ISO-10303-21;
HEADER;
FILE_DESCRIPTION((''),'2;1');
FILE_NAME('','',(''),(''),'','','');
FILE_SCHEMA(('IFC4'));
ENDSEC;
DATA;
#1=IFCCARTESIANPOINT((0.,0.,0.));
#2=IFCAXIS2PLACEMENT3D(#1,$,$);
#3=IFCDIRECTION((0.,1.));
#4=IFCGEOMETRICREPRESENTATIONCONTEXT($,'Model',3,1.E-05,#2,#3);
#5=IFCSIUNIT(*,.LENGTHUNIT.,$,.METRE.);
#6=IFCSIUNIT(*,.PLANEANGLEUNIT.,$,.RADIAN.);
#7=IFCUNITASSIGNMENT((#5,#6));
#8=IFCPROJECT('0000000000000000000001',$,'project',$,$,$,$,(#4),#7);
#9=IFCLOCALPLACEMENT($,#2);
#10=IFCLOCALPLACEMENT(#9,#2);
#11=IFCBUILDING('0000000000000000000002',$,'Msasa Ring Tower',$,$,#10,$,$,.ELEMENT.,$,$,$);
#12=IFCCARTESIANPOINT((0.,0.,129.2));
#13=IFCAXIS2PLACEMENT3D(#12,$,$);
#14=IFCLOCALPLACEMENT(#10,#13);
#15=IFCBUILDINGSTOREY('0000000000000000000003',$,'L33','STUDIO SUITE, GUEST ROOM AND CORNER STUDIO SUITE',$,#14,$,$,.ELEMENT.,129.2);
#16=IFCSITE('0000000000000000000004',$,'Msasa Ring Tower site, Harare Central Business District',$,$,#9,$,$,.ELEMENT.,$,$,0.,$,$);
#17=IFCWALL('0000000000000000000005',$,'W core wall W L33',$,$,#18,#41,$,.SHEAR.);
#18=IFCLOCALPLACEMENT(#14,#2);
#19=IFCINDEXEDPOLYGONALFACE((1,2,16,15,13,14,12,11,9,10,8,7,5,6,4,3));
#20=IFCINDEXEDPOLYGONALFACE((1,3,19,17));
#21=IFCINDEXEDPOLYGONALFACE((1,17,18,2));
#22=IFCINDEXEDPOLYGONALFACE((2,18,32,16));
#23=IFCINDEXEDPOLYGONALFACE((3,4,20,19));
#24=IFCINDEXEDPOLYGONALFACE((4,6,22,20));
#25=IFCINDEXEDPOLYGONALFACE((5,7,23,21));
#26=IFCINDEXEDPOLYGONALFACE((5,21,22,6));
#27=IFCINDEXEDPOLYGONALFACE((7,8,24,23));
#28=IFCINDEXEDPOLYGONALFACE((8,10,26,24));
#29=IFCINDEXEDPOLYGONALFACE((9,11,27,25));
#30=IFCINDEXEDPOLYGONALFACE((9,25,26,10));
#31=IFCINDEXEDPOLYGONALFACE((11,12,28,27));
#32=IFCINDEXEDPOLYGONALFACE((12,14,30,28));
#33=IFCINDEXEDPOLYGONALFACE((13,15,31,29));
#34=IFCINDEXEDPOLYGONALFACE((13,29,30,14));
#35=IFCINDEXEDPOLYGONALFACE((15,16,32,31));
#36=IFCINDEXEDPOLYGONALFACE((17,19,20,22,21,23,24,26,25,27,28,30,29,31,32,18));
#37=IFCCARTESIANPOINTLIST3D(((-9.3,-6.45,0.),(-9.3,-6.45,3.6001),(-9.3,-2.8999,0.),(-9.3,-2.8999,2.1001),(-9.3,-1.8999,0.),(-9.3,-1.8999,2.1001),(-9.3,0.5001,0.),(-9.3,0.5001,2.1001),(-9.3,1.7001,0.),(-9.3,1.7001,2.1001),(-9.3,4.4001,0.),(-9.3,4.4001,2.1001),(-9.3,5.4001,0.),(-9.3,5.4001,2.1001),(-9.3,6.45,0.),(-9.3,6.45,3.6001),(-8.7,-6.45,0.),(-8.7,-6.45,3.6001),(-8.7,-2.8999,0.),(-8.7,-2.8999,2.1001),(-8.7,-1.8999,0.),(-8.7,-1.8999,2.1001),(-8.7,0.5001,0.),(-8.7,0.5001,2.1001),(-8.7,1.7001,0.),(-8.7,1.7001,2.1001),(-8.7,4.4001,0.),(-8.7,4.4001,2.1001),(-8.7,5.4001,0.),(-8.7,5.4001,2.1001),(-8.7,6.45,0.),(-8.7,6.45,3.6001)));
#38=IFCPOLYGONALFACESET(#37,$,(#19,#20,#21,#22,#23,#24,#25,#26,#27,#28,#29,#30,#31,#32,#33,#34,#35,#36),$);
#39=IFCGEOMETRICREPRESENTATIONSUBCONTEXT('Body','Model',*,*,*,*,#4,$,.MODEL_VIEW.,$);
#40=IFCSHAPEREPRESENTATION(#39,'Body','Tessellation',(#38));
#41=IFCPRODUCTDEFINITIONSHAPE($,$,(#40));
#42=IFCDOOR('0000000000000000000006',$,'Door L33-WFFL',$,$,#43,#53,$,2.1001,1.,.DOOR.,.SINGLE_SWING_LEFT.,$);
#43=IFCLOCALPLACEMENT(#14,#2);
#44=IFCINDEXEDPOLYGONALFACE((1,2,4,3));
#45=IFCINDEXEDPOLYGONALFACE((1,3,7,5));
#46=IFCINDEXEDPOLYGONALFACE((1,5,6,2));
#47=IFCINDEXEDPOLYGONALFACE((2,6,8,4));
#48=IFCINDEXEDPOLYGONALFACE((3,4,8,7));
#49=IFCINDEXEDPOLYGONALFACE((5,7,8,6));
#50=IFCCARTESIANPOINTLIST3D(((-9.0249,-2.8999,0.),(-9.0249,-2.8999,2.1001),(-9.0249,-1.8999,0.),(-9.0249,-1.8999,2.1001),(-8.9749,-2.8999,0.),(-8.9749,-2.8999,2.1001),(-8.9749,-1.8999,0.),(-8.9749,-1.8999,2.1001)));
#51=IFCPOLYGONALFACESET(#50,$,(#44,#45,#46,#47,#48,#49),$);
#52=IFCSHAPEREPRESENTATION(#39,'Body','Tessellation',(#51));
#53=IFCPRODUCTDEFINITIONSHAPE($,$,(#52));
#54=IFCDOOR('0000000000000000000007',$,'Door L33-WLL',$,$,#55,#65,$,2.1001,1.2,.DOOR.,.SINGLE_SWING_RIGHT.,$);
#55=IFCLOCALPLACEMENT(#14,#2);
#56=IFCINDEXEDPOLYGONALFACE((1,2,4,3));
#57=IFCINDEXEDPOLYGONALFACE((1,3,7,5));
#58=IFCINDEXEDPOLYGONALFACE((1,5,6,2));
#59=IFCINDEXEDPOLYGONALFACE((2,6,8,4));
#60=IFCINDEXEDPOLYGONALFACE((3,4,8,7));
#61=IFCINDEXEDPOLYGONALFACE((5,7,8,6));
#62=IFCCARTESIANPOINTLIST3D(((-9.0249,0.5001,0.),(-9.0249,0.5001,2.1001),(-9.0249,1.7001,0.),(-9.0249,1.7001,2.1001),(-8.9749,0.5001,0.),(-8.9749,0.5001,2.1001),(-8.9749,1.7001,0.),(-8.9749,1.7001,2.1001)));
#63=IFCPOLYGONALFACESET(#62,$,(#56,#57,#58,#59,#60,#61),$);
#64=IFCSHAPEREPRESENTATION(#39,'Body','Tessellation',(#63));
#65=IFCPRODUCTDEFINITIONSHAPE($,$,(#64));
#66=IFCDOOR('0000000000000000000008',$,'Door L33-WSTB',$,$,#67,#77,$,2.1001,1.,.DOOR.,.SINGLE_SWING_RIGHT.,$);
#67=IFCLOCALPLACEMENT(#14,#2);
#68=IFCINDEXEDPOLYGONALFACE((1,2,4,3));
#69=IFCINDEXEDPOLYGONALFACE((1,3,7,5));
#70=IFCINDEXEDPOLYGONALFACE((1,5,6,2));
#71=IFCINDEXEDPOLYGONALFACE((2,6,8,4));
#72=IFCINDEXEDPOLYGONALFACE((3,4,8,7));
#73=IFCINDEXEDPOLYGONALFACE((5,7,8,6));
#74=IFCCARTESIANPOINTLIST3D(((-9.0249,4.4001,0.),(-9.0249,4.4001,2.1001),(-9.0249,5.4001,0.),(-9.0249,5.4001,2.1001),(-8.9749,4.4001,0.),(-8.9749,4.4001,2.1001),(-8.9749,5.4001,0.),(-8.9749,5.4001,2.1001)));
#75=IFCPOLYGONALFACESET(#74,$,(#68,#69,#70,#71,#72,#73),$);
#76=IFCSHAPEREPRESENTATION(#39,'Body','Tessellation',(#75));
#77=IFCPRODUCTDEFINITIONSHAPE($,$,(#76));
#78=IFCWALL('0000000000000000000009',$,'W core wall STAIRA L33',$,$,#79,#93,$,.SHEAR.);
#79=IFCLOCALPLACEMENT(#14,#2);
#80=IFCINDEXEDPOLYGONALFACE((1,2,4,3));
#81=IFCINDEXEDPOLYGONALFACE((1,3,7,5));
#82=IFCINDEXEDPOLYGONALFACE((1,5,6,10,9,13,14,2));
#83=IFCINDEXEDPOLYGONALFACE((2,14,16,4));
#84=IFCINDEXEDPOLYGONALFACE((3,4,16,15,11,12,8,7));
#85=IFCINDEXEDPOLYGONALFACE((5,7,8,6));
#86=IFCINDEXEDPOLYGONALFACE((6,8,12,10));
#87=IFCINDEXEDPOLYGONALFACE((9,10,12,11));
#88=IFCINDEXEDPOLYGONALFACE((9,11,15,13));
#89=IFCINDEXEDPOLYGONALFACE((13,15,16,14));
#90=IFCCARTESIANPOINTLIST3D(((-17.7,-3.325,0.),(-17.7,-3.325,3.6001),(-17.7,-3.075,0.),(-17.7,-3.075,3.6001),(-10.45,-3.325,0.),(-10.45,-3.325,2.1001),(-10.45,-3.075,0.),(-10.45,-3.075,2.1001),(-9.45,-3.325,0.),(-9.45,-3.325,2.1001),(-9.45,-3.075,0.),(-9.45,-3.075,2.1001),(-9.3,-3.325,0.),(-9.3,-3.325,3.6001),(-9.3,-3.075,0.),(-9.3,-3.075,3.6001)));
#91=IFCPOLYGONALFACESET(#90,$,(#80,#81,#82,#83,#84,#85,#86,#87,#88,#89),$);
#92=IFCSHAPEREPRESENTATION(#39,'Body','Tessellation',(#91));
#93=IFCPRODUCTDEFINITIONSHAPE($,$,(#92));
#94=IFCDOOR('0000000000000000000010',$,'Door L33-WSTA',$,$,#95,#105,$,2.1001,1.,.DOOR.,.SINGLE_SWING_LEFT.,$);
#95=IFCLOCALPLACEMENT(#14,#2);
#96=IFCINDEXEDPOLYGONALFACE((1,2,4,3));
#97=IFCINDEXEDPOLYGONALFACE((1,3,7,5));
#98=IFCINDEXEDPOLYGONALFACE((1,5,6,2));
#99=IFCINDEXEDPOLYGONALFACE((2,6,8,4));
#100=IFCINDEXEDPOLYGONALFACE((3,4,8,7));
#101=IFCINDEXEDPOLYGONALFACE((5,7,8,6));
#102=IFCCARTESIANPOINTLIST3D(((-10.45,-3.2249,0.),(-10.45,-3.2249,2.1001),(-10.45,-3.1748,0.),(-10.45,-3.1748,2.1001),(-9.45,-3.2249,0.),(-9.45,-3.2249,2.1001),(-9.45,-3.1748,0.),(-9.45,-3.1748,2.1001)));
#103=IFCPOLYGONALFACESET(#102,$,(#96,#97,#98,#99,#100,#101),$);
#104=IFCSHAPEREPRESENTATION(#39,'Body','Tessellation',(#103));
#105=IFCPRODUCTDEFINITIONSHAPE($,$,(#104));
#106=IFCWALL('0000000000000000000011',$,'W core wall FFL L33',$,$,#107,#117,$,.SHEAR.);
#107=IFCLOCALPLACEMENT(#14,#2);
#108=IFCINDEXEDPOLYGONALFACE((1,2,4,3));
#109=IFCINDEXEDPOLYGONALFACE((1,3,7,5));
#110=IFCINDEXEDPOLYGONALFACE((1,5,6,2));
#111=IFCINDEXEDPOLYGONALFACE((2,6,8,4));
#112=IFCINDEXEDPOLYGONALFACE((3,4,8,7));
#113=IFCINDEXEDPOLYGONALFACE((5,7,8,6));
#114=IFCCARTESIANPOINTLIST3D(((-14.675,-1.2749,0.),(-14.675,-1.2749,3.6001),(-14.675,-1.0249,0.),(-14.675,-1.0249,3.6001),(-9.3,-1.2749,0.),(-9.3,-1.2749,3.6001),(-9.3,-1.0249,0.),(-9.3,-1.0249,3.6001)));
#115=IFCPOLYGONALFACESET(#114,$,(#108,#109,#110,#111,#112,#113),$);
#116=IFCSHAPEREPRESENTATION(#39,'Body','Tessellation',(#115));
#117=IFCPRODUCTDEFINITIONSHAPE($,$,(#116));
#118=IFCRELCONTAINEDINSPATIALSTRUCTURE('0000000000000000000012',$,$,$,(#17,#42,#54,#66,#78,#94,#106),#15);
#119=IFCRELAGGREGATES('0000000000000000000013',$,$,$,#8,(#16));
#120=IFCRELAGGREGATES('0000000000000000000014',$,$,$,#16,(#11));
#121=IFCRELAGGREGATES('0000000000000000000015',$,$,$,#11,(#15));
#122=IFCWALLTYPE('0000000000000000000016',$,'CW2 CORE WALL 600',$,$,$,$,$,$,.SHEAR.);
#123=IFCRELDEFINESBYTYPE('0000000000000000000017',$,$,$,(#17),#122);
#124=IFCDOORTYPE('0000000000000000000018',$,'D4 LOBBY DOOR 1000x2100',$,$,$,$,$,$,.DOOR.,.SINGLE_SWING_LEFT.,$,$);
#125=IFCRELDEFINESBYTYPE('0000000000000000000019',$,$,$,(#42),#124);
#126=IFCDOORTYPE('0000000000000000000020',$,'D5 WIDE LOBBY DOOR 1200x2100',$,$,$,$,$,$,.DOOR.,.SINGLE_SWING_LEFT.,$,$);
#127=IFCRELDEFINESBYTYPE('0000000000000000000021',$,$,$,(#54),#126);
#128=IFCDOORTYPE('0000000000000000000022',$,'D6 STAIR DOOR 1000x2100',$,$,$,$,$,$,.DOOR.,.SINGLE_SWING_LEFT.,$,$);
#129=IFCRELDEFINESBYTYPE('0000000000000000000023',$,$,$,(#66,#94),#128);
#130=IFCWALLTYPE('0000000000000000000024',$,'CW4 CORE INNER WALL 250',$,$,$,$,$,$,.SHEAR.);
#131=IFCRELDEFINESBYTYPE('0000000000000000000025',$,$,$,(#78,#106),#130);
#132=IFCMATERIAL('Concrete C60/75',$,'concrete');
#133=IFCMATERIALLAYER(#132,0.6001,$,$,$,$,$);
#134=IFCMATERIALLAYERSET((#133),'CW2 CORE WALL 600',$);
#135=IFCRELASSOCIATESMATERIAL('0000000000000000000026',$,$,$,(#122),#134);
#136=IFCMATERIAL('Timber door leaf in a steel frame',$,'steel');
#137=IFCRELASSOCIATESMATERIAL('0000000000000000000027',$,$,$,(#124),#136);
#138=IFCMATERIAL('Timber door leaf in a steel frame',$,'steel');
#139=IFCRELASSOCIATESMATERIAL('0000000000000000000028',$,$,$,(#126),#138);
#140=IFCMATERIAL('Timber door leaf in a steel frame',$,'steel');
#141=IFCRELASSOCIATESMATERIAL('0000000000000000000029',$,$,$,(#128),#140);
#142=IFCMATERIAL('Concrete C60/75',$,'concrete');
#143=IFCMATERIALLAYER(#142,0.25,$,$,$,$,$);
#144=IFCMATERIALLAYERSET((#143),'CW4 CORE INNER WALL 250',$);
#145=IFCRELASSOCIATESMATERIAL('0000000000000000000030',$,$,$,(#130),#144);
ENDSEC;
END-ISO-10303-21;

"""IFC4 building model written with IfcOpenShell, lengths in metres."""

from ifc_helpers import new_model, si_unit, direction, frame, frame_2d, origin, place, context, subcontext, project, spatial, rectangle, extrude, material, layer, layer_set, type_object, element, fill, save


model = new_model("IFC4")

# Units and contexts
model_context = context("Model", 3, precision=1e-05, world=origin(), true_north=direction((0.0, 1.0)))
body_context = subcontext(model_context, "Body", "Model", "MODEL_VIEW")
ifc_project = project(units=[si_unit("LENGTHUNIT", "METRE"), si_unit("PLANEANGLEUNIT", "RADIAN")], contexts=[model_context])

# Site, building, storey
site_placement = place(None, origin())
site = spatial("IfcSite", under=ifc_project, at=site_placement, Name="Msasa Ring Tower site, Harare Central Business District", CompositionType="ELEMENT", RefElevation=0.0)
building_placement = place(site_placement, origin())
building = spatial("IfcBuilding", under=site, at=building_placement, Name="Msasa Ring Tower", CompositionType="ELEMENT")
storey_placement = place(building_placement, frame((0.0, 0.0, 129.2)))
storey = spatial("IfcBuildingStorey", under=building, at=storey_placement, Name="L33", Description="STUDIO SUITE, GUEST ROOM AND CORNER STUDIO SUITE", CompositionType="ELEMENT", Elevation=129.2)

# Shared definitions
ifc_material_1 = material(Name="Concrete C60/75", Category="concrete")
ifc_layer_1 = layer(ifc_material_1, 0.6001)
ifc_layer_set_1 = layer_set([ifc_layer_1], Name="CW2 CORE WALL 600")
wall_type_1 = type_object("IfcWallType", Name="CW2 CORE WALL 600", PredefinedType="SHEAR", material=ifc_layer_set_1)

# Wall, openings, doors
wall_1_placement = place(storey_placement, frame((-9.0, -6.45, 0.0), z_axis=(0.0, 0.0, 1.0), x_axis=(0.0, 1.0, 0.0)))
wall_1 = element("IfcWall", 1, at=wall_1_placement, inside=storey, type_object=wall_type_1, Name="W core wall W L33", PredefinedType="SHEAR", context=body_context, shape_type="SweptSolid", body=[
    extrude(rectangle(XDim=12.8999, YDim=0.6001, at=frame_2d((6.45, 0.0))), origin(), (0.0, 0.0, 1.0), 3.6001),
])
opening_1_placement = place(wall_1_placement, frame((3.55, 0.0, 0.0)))
opening_1 = element("IfcOpeningElement", 2, at=opening_1_placement, cuts=wall_1, PredefinedType="OPENING", context=body_context, shape_type="SweptSolid", body=[
    extrude(rectangle(XDim=1.0, YDim=2.1001, at=frame_2d((0.5, 1.05))), frame((0.0, 0.3101, 0.0), z_axis=(0.0, -1.0, 0.0), x_axis=(1.0, 0.0, 0.0)), (0.0, 0.0, 1.0), 0.6201),
])
opening_2_placement = place(wall_1_placement, frame((6.95, 0.0, 0.0)))
opening_2 = element("IfcOpeningElement", 3, at=opening_2_placement, cuts=wall_1, PredefinedType="OPENING", context=body_context, shape_type="SweptSolid", body=[
    extrude(rectangle(XDim=1.2, YDim=2.1001, at=frame_2d((0.6001, 1.05))), frame((0.0, 0.3101, 0.0), z_axis=(0.0, -1.0, 0.0), x_axis=(1.0, 0.0, 0.0)), (0.0, 0.0, 1.0), 0.6201),
])
opening_3_placement = place(wall_1_placement, frame((10.8501, 0.0, 0.0)))
opening_3 = element("IfcOpeningElement", 4, at=opening_3_placement, cuts=wall_1, PredefinedType="OPENING", context=body_context, shape_type="SweptSolid", body=[
    extrude(rectangle(XDim=1.0, YDim=2.1001, at=frame_2d((0.5, 1.05))), frame((0.0, 0.3101, 0.0), z_axis=(0.0, -1.0, 0.0), x_axis=(1.0, 0.0, 0.0)), (0.0, 0.0, 1.0), 0.6201),
])
ifc_material_2 = material(Name="Timber door leaf in a steel frame", Category="steel")
door_type_1 = type_object("IfcDoorType", Name="D4 LOBBY DOOR 1000x2100", OperationType="SINGLE_SWING_LEFT", PredefinedType="DOOR", material=ifc_material_2)
door_1_placement = place(opening_1_placement, origin())
door_1 = element("IfcDoor", 5, at=door_1_placement, inside=storey, type_object=door_type_1, Name="Door L33-WFFL", OperationType="SINGLE_SWING_LEFT", OverallHeight=2.1001, OverallWidth=1.0, PredefinedType="DOOR", context=body_context, shape_type="SweptSolid", body=[
    extrude(rectangle(XDim=1.0, YDim=2.1001, at=frame_2d((0.5, 1.05))), frame((0.0, 0.0249, 0.0), z_axis=(0.0, -1.0, 0.0), x_axis=(1.0, 0.0, 0.0)), (0.0, 0.0, 1.0), 0.05),
])
fill(opening_1, door_1)
ifc_material_3 = material(Name="Timber door leaf in a steel frame", Category="steel")
door_type_2 = type_object("IfcDoorType", Name="D5 WIDE LOBBY DOOR 1200x2100", OperationType="SINGLE_SWING_LEFT", PredefinedType="DOOR", material=ifc_material_3)
door_2_placement = place(opening_2_placement, origin())
door_2 = element("IfcDoor", 6, at=door_2_placement, inside=storey, type_object=door_type_2, Name="Door L33-WLL", OperationType="SINGLE_SWING_RIGHT", OverallHeight=2.1001, OverallWidth=1.2, PredefinedType="DOOR", context=body_context, shape_type="SweptSolid", body=[
    extrude(rectangle(XDim=1.2, YDim=2.1001, at=frame_2d((0.6001, 1.05))), frame((0.0, 0.0249, 0.0), z_axis=(0.0, -1.0, 0.0), x_axis=(1.0, 0.0, 0.0)), (0.0, 0.0, 1.0), 0.05),
])
fill(opening_2, door_2)
ifc_material_4 = material(Name="Timber door leaf in a steel frame", Category="steel")
door_type_3 = type_object("IfcDoorType", Name="D6 STAIR DOOR 1000x2100", OperationType="SINGLE_SWING_LEFT", PredefinedType="DOOR", material=ifc_material_4)
door_3_placement = place(opening_3_placement, origin())
door_3 = element("IfcDoor", 7, at=door_3_placement, inside=storey, type_object=door_type_3, Name="Door L33-WSTB", OperationType="SINGLE_SWING_RIGHT", OverallHeight=2.1001, OverallWidth=1.0, PredefinedType="DOOR", context=body_context, shape_type="SweptSolid", body=[
    extrude(rectangle(XDim=1.0, YDim=2.1001, at=frame_2d((0.5, 1.05))), frame((0.0, 0.0249, 0.0), z_axis=(0.0, -1.0, 0.0), x_axis=(1.0, 0.0, 0.0)), (0.0, 0.0, 1.0), 0.05),
])
fill(opening_3, door_3)

# Wall, opening, door
ifc_material_5 = material(Name="Concrete C60/75", Category="concrete")
ifc_layer_2 = layer(ifc_material_5, 0.25)
ifc_layer_set_2 = layer_set([ifc_layer_2], Name="CW4 CORE INNER WALL 250")
wall_type_2 = type_object("IfcWallType", Name="CW4 CORE INNER WALL 250", PredefinedType="SHEAR", material=ifc_layer_set_2)
wall_2_placement = place(storey_placement, frame((-9.3, -3.2, 0.0), z_axis=(0.0, 0.0, 1.0), x_axis=(-1.0, 0.0, 0.0)))
wall_2 = element("IfcWall", 8, at=wall_2_placement, inside=storey, type_object=wall_type_2, Name="W core wall STAIRA L33", PredefinedType="SHEAR", context=body_context, shape_type="SweptSolid", body=[
    extrude(rectangle(XDim=8.3999, YDim=0.25, at=frame_2d((4.2, 0.0))), origin(), (0.0, 0.0, 1.0), 3.6001),
])
opening_4_placement = place(wall_2_placement, frame((0.1499, 0.0, 0.0)))
opening_4 = element("IfcOpeningElement", 9, at=opening_4_placement, cuts=wall_2, PredefinedType="OPENING", context=body_context, shape_type="SweptSolid", body=[
    extrude(rectangle(XDim=1.0, YDim=2.1001, at=frame_2d((0.5, 1.05))), frame((0.0, 0.135, 0.0), z_axis=(0.0, -1.0, 0.0), x_axis=(1.0, 0.0, 0.0)), (0.0, 0.0, 1.0), 0.27),
])
door_4_placement = place(opening_4_placement, origin())
door_4 = element("IfcDoor", 10, at=door_4_placement, inside=storey, type_object=door_type_3, Name="Door L33-WSTA", OperationType="SINGLE_SWING_LEFT", OverallHeight=2.1001, OverallWidth=1.0, PredefinedType="DOOR", context=body_context, shape_type="SweptSolid", body=[
    extrude(rectangle(XDim=1.0, YDim=2.1001, at=frame_2d((0.5, 1.05))), frame((0.0, 0.0249, 0.0), z_axis=(0.0, -1.0, 0.0), x_axis=(1.0, 0.0, 0.0)), (0.0, 0.0, 1.0), 0.05),
])
fill(opening_4, door_4)

# Wall
wall_3_placement = place(storey_placement, frame((-9.3, -1.1499, 0.0), z_axis=(0.0, 0.0, 1.0), x_axis=(-1.0, 0.0, 0.0)))
element("IfcWall", 11, at=wall_3_placement, inside=storey, type_object=wall_type_2, Name="W core wall FFL L33", PredefinedType="SHEAR", context=body_context, shape_type="SweptSolid", body=[
    extrude(rectangle(XDim=5.375, YDim=0.25, at=frame_2d((2.6875, 0.0))), origin(), (0.0, 0.0, 1.0), 3.6001),
])

save(model, "model.ifc")
